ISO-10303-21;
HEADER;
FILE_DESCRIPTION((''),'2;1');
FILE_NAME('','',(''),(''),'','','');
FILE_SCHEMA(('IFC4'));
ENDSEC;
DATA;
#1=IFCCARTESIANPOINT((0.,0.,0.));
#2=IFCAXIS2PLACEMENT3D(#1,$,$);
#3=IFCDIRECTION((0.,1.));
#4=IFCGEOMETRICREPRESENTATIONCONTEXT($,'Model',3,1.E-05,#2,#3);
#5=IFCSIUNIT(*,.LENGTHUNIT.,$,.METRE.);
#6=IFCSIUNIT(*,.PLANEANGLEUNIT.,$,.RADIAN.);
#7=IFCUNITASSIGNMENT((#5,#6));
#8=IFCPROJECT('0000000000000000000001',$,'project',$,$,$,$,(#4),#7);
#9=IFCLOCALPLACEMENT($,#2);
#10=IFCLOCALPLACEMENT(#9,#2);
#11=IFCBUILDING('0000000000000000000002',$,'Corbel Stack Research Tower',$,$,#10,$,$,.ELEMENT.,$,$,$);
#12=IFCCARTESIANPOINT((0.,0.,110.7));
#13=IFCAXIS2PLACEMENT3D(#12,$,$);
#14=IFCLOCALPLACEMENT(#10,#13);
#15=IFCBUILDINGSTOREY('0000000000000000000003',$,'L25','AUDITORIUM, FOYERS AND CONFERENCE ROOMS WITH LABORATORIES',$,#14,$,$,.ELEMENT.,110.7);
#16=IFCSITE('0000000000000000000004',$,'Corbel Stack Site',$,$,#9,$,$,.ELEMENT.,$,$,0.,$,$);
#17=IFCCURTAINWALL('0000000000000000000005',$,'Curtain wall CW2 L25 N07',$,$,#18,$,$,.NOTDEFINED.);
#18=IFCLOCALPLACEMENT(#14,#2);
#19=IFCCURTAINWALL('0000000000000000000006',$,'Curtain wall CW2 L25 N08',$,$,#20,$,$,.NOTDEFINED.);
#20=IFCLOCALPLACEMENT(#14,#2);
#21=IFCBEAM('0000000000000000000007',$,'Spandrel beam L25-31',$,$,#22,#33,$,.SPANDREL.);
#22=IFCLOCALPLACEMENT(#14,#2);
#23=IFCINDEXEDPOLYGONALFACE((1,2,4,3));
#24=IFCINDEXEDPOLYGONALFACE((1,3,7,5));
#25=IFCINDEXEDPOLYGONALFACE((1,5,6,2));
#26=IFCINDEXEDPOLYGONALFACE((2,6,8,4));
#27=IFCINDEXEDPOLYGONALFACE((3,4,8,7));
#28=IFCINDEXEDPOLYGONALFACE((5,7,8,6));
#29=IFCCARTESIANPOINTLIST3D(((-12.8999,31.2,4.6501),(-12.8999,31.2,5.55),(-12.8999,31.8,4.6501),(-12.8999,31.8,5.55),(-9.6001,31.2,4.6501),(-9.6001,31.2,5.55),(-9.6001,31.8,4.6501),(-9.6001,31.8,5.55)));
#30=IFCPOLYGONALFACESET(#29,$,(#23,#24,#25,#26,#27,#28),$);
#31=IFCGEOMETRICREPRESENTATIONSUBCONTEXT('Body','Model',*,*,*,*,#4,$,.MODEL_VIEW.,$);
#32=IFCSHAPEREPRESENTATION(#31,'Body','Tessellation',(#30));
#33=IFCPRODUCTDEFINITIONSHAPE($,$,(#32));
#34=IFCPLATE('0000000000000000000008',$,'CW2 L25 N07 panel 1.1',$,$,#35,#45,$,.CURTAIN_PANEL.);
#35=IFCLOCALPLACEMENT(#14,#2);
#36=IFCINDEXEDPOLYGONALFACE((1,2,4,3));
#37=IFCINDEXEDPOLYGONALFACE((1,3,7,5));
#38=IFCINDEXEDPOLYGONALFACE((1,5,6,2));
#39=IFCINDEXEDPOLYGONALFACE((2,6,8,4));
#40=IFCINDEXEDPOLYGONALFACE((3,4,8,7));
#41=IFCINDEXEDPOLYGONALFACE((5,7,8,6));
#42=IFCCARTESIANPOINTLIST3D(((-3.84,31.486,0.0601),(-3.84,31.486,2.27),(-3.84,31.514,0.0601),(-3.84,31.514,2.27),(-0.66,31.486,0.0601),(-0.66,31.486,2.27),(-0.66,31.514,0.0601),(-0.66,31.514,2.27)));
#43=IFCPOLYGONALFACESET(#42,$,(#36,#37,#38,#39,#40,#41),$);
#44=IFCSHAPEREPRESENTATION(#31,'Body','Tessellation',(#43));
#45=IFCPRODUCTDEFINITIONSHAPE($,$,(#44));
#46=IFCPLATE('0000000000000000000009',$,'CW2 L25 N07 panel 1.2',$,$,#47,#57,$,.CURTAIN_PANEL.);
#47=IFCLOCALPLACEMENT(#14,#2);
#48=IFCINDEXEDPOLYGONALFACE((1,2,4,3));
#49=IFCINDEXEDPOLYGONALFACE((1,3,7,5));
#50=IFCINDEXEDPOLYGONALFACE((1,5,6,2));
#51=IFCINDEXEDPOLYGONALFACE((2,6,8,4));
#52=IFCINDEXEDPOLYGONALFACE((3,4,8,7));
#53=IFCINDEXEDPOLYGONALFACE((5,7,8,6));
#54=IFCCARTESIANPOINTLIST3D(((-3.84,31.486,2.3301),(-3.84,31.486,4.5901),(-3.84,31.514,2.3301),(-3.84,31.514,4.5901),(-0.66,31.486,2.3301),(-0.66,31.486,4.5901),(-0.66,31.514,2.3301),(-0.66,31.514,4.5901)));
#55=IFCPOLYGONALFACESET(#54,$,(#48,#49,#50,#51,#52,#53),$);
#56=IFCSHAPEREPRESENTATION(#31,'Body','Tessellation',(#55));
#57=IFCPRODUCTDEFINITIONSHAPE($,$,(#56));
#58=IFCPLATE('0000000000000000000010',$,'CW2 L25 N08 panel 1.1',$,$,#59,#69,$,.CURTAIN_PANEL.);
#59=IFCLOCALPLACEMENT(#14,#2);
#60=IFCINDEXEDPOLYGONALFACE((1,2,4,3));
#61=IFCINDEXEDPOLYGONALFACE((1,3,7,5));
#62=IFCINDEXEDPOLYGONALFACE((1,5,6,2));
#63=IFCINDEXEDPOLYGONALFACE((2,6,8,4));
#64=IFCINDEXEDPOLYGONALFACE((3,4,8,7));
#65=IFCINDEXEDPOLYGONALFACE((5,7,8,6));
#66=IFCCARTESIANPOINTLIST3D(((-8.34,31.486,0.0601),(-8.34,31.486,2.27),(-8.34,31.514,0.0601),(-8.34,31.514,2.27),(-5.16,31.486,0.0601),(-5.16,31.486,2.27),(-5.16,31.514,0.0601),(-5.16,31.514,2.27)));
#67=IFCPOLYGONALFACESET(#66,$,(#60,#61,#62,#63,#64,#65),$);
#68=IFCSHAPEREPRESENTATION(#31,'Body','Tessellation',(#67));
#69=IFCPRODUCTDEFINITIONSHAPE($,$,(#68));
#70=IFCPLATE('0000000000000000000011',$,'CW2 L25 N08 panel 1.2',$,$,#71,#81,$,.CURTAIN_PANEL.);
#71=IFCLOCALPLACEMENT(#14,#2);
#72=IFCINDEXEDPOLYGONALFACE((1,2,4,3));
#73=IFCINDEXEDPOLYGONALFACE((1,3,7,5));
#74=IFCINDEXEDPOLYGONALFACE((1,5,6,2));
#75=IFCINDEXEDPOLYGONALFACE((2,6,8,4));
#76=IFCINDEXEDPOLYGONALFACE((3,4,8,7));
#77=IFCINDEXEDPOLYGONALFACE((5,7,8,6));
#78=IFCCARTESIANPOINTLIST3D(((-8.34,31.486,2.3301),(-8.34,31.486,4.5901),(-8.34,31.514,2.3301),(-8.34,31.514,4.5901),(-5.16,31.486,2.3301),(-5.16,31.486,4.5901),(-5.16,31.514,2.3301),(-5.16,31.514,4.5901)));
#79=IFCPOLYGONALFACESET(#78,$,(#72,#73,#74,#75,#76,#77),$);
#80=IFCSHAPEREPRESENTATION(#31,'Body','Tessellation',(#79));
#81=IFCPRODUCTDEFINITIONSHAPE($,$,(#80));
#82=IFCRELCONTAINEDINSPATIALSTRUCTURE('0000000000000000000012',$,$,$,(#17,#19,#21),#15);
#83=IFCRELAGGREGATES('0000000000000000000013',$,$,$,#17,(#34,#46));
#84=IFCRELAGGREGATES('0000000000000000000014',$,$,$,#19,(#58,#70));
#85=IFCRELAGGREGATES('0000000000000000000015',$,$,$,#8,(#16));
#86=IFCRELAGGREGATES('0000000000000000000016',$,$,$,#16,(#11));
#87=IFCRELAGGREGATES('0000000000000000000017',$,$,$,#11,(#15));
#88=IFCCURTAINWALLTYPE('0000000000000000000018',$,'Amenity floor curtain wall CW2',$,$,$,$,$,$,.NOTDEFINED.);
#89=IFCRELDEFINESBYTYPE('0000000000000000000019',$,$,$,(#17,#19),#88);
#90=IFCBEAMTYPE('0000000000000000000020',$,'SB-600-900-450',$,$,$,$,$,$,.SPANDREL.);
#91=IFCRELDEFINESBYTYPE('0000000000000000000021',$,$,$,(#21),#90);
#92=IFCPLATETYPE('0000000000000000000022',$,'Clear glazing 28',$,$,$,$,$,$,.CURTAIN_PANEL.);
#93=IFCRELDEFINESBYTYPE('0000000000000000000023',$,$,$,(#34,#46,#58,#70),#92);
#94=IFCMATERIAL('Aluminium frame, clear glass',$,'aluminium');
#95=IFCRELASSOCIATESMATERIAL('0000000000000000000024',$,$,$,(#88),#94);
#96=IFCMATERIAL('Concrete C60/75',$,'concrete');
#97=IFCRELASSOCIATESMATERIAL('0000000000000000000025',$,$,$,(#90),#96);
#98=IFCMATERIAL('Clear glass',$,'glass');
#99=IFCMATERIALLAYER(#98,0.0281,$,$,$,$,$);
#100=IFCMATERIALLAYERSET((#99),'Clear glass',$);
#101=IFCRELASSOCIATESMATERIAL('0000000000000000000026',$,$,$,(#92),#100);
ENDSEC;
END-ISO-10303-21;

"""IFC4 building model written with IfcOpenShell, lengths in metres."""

from ifc_helpers import new_model, si_unit, direction, frame, origin, origin_2d, place, context, subcontext, project, spatial, rectangle, extrude, material, layer, layer_set, material_profile, profile_set, type_object, element, aggregate, save


model = new_model("IFC4")

# Units and contexts
model_context = context("Model", 3, precision=1e-05, world=origin(), true_north=direction((0.0, 1.0)))
body_context = subcontext(model_context, "Body", "Model", "MODEL_VIEW")
ifc_project = project(units=[si_unit("LENGTHUNIT", "METRE"), si_unit("PLANEANGLEUNIT", "RADIAN")], contexts=[model_context])

# Site, building, storey
site_placement = place(None, origin())
site = spatial("IfcSite", under=ifc_project, at=site_placement, Name="Corbel Stack Site", CompositionType="ELEMENT", RefElevation=0.0)
building_placement = place(site_placement, origin())
building = spatial("IfcBuilding", under=site, at=building_placement, Name="Corbel Stack Research Tower", CompositionType="ELEMENT")
storey_placement = place(building_placement, frame((0.0, 0.0, 110.7)))
storey = spatial("IfcBuildingStorey", under=building, at=storey_placement, Name="L25", Description="AUDITORIUM, FOYERS AND CONFERENCE ROOMS WITH LABORATORIES", CompositionType="ELEMENT", Elevation=110.7)

# Curtain walls
ifc_material_1 = material(Name="Aluminium frame, clear glass", Category="aluminium")
curtain_wall_type = type_object("IfcCurtainWallType", Name="Amenity floor curtain wall CW2", PredefinedType="NOTDEFINED", material=ifc_material_1)
curtain_wall_1_placement = place(storey_placement, origin())
curtain_wall_1 = element("IfcCurtainWall", 1, at=curtain_wall_1_placement, inside=storey, type_object=curtain_wall_type, Name="Curtain wall CW2 L25 N07", PredefinedType="NOTDEFINED")
curtain_wall_2_placement = place(storey_placement, origin())
curtain_wall_2 = element("IfcCurtainWall", 2, at=curtain_wall_2_placement, inside=storey, type_object=curtain_wall_type, Name="Curtain wall CW2 L25 N08", PredefinedType="NOTDEFINED")

# Beam
ifc_material_2 = material(Name="Concrete C60/75", Category="concrete")
ifc_material_profile_1 = material_profile(ifc_material_2, rectangle(XDim=0.6001, YDim=0.8999, at=origin_2d()), Name="RC 600 x 900")
ifc_profile_set_1 = profile_set([ifc_material_profile_1], Name="Concrete C60/75")
beam_type = type_object("IfcBeamType", Name="SB-600-900-450", PredefinedType="SPANDREL", material=ifc_profile_set_1)
for number, where, z_axis, x_axis, name in (
    (3, (-9.6001, 31.5, 5.1001), (-1.0, 0.0, 0.0), (0.0, -1.0, 0.0), "Spandrel beam L25-31"),
):
    element("IfcBeam", number, at=place(storey_placement, frame(where, z_axis=z_axis, x_axis=x_axis)), inside=storey, type_object=beam_type, Name=name, PredefinedType="SPANDREL", context=body_context, shape_type="SweptSolid", body=[
        extrude(rectangle(XDim=0.6001, YDim=0.8999, at=origin_2d()), origin(), (0.0, 0.0, 1.0), 3.2998),
    ])

# Plates
ifc_material_3 = material(Name="Clear glass", Category="glass")
ifc_layer = layer(ifc_material_3, 0.0281)
ifc_layer_set = layer_set([ifc_layer], Name="Clear glass")
plate_type = type_object("IfcPlateType", Name="Clear glazing 28", PredefinedType="CURTAIN_PANEL", material=ifc_layer_set)
plate_1_placement = place(storey_placement, frame((-2.25, 31.5, 0.0601), z_axis=(0.0, 0.0, 1.0), x_axis=(-1.0, 0.0, 0.0)))
plate_1 = element("IfcPlate", 4, at=plate_1_placement, type_object=plate_type, Name="CW2 L25 N07 panel 1.1", PredefinedType="CURTAIN_PANEL", context=body_context, shape_type="SweptSolid", body=[
    extrude(rectangle(XDim=3.1799, YDim=0.0281, at=origin_2d()), origin(), (0.0, 0.0, 1.0), 2.21),
])
plate_2_placement = place(storey_placement, frame((-2.25, 31.5, 2.3301), z_axis=(0.0, 0.0, 1.0), x_axis=(-1.0, 0.0, 0.0)))
plate_2 = element("IfcPlate", 5, at=plate_2_placement, type_object=plate_type, Name="CW2 L25 N07 panel 1.2", PredefinedType="CURTAIN_PANEL", context=body_context, shape_type="SweptSolid", body=[
    extrude(rectangle(XDim=3.1799, YDim=0.0281, at=origin_2d()), origin(), (0.0, 0.0, 1.0), 2.26),
])
aggregate(curtain_wall_1, [plate_1, plate_2])
plate_3_placement = place(storey_placement, frame((-6.75, 31.5, 0.0601), z_axis=(0.0, 0.0, 1.0), x_axis=(-1.0, 0.0, 0.0)))
plate_3 = element("IfcPlate", 6, at=plate_3_placement, type_object=plate_type, Name="CW2 L25 N08 panel 1.1", PredefinedType="CURTAIN_PANEL", context=body_context, shape_type="SweptSolid", body=[
    extrude(rectangle(XDim=3.1799, YDim=0.0281, at=origin_2d()), origin(), (0.0, 0.0, 1.0), 2.21),
])
plate_4_placement = place(storey_placement, frame((-6.75, 31.5, 2.3301), z_axis=(0.0, 0.0, 1.0), x_axis=(-1.0, 0.0, 0.0)))
plate_4 = element("IfcPlate", 7, at=plate_4_placement, type_object=plate_type, Name="CW2 L25 N08 panel 1.2", PredefinedType="CURTAIN_PANEL", context=body_context, shape_type="SweptSolid", body=[
    extrude(rectangle(XDim=3.1799, YDim=0.0281, at=origin_2d()), origin(), (0.0, 0.0, 1.0), 2.26),
])
aggregate(curtain_wall_2, [plate_3, plate_4])

save(model, "model.ifc")
